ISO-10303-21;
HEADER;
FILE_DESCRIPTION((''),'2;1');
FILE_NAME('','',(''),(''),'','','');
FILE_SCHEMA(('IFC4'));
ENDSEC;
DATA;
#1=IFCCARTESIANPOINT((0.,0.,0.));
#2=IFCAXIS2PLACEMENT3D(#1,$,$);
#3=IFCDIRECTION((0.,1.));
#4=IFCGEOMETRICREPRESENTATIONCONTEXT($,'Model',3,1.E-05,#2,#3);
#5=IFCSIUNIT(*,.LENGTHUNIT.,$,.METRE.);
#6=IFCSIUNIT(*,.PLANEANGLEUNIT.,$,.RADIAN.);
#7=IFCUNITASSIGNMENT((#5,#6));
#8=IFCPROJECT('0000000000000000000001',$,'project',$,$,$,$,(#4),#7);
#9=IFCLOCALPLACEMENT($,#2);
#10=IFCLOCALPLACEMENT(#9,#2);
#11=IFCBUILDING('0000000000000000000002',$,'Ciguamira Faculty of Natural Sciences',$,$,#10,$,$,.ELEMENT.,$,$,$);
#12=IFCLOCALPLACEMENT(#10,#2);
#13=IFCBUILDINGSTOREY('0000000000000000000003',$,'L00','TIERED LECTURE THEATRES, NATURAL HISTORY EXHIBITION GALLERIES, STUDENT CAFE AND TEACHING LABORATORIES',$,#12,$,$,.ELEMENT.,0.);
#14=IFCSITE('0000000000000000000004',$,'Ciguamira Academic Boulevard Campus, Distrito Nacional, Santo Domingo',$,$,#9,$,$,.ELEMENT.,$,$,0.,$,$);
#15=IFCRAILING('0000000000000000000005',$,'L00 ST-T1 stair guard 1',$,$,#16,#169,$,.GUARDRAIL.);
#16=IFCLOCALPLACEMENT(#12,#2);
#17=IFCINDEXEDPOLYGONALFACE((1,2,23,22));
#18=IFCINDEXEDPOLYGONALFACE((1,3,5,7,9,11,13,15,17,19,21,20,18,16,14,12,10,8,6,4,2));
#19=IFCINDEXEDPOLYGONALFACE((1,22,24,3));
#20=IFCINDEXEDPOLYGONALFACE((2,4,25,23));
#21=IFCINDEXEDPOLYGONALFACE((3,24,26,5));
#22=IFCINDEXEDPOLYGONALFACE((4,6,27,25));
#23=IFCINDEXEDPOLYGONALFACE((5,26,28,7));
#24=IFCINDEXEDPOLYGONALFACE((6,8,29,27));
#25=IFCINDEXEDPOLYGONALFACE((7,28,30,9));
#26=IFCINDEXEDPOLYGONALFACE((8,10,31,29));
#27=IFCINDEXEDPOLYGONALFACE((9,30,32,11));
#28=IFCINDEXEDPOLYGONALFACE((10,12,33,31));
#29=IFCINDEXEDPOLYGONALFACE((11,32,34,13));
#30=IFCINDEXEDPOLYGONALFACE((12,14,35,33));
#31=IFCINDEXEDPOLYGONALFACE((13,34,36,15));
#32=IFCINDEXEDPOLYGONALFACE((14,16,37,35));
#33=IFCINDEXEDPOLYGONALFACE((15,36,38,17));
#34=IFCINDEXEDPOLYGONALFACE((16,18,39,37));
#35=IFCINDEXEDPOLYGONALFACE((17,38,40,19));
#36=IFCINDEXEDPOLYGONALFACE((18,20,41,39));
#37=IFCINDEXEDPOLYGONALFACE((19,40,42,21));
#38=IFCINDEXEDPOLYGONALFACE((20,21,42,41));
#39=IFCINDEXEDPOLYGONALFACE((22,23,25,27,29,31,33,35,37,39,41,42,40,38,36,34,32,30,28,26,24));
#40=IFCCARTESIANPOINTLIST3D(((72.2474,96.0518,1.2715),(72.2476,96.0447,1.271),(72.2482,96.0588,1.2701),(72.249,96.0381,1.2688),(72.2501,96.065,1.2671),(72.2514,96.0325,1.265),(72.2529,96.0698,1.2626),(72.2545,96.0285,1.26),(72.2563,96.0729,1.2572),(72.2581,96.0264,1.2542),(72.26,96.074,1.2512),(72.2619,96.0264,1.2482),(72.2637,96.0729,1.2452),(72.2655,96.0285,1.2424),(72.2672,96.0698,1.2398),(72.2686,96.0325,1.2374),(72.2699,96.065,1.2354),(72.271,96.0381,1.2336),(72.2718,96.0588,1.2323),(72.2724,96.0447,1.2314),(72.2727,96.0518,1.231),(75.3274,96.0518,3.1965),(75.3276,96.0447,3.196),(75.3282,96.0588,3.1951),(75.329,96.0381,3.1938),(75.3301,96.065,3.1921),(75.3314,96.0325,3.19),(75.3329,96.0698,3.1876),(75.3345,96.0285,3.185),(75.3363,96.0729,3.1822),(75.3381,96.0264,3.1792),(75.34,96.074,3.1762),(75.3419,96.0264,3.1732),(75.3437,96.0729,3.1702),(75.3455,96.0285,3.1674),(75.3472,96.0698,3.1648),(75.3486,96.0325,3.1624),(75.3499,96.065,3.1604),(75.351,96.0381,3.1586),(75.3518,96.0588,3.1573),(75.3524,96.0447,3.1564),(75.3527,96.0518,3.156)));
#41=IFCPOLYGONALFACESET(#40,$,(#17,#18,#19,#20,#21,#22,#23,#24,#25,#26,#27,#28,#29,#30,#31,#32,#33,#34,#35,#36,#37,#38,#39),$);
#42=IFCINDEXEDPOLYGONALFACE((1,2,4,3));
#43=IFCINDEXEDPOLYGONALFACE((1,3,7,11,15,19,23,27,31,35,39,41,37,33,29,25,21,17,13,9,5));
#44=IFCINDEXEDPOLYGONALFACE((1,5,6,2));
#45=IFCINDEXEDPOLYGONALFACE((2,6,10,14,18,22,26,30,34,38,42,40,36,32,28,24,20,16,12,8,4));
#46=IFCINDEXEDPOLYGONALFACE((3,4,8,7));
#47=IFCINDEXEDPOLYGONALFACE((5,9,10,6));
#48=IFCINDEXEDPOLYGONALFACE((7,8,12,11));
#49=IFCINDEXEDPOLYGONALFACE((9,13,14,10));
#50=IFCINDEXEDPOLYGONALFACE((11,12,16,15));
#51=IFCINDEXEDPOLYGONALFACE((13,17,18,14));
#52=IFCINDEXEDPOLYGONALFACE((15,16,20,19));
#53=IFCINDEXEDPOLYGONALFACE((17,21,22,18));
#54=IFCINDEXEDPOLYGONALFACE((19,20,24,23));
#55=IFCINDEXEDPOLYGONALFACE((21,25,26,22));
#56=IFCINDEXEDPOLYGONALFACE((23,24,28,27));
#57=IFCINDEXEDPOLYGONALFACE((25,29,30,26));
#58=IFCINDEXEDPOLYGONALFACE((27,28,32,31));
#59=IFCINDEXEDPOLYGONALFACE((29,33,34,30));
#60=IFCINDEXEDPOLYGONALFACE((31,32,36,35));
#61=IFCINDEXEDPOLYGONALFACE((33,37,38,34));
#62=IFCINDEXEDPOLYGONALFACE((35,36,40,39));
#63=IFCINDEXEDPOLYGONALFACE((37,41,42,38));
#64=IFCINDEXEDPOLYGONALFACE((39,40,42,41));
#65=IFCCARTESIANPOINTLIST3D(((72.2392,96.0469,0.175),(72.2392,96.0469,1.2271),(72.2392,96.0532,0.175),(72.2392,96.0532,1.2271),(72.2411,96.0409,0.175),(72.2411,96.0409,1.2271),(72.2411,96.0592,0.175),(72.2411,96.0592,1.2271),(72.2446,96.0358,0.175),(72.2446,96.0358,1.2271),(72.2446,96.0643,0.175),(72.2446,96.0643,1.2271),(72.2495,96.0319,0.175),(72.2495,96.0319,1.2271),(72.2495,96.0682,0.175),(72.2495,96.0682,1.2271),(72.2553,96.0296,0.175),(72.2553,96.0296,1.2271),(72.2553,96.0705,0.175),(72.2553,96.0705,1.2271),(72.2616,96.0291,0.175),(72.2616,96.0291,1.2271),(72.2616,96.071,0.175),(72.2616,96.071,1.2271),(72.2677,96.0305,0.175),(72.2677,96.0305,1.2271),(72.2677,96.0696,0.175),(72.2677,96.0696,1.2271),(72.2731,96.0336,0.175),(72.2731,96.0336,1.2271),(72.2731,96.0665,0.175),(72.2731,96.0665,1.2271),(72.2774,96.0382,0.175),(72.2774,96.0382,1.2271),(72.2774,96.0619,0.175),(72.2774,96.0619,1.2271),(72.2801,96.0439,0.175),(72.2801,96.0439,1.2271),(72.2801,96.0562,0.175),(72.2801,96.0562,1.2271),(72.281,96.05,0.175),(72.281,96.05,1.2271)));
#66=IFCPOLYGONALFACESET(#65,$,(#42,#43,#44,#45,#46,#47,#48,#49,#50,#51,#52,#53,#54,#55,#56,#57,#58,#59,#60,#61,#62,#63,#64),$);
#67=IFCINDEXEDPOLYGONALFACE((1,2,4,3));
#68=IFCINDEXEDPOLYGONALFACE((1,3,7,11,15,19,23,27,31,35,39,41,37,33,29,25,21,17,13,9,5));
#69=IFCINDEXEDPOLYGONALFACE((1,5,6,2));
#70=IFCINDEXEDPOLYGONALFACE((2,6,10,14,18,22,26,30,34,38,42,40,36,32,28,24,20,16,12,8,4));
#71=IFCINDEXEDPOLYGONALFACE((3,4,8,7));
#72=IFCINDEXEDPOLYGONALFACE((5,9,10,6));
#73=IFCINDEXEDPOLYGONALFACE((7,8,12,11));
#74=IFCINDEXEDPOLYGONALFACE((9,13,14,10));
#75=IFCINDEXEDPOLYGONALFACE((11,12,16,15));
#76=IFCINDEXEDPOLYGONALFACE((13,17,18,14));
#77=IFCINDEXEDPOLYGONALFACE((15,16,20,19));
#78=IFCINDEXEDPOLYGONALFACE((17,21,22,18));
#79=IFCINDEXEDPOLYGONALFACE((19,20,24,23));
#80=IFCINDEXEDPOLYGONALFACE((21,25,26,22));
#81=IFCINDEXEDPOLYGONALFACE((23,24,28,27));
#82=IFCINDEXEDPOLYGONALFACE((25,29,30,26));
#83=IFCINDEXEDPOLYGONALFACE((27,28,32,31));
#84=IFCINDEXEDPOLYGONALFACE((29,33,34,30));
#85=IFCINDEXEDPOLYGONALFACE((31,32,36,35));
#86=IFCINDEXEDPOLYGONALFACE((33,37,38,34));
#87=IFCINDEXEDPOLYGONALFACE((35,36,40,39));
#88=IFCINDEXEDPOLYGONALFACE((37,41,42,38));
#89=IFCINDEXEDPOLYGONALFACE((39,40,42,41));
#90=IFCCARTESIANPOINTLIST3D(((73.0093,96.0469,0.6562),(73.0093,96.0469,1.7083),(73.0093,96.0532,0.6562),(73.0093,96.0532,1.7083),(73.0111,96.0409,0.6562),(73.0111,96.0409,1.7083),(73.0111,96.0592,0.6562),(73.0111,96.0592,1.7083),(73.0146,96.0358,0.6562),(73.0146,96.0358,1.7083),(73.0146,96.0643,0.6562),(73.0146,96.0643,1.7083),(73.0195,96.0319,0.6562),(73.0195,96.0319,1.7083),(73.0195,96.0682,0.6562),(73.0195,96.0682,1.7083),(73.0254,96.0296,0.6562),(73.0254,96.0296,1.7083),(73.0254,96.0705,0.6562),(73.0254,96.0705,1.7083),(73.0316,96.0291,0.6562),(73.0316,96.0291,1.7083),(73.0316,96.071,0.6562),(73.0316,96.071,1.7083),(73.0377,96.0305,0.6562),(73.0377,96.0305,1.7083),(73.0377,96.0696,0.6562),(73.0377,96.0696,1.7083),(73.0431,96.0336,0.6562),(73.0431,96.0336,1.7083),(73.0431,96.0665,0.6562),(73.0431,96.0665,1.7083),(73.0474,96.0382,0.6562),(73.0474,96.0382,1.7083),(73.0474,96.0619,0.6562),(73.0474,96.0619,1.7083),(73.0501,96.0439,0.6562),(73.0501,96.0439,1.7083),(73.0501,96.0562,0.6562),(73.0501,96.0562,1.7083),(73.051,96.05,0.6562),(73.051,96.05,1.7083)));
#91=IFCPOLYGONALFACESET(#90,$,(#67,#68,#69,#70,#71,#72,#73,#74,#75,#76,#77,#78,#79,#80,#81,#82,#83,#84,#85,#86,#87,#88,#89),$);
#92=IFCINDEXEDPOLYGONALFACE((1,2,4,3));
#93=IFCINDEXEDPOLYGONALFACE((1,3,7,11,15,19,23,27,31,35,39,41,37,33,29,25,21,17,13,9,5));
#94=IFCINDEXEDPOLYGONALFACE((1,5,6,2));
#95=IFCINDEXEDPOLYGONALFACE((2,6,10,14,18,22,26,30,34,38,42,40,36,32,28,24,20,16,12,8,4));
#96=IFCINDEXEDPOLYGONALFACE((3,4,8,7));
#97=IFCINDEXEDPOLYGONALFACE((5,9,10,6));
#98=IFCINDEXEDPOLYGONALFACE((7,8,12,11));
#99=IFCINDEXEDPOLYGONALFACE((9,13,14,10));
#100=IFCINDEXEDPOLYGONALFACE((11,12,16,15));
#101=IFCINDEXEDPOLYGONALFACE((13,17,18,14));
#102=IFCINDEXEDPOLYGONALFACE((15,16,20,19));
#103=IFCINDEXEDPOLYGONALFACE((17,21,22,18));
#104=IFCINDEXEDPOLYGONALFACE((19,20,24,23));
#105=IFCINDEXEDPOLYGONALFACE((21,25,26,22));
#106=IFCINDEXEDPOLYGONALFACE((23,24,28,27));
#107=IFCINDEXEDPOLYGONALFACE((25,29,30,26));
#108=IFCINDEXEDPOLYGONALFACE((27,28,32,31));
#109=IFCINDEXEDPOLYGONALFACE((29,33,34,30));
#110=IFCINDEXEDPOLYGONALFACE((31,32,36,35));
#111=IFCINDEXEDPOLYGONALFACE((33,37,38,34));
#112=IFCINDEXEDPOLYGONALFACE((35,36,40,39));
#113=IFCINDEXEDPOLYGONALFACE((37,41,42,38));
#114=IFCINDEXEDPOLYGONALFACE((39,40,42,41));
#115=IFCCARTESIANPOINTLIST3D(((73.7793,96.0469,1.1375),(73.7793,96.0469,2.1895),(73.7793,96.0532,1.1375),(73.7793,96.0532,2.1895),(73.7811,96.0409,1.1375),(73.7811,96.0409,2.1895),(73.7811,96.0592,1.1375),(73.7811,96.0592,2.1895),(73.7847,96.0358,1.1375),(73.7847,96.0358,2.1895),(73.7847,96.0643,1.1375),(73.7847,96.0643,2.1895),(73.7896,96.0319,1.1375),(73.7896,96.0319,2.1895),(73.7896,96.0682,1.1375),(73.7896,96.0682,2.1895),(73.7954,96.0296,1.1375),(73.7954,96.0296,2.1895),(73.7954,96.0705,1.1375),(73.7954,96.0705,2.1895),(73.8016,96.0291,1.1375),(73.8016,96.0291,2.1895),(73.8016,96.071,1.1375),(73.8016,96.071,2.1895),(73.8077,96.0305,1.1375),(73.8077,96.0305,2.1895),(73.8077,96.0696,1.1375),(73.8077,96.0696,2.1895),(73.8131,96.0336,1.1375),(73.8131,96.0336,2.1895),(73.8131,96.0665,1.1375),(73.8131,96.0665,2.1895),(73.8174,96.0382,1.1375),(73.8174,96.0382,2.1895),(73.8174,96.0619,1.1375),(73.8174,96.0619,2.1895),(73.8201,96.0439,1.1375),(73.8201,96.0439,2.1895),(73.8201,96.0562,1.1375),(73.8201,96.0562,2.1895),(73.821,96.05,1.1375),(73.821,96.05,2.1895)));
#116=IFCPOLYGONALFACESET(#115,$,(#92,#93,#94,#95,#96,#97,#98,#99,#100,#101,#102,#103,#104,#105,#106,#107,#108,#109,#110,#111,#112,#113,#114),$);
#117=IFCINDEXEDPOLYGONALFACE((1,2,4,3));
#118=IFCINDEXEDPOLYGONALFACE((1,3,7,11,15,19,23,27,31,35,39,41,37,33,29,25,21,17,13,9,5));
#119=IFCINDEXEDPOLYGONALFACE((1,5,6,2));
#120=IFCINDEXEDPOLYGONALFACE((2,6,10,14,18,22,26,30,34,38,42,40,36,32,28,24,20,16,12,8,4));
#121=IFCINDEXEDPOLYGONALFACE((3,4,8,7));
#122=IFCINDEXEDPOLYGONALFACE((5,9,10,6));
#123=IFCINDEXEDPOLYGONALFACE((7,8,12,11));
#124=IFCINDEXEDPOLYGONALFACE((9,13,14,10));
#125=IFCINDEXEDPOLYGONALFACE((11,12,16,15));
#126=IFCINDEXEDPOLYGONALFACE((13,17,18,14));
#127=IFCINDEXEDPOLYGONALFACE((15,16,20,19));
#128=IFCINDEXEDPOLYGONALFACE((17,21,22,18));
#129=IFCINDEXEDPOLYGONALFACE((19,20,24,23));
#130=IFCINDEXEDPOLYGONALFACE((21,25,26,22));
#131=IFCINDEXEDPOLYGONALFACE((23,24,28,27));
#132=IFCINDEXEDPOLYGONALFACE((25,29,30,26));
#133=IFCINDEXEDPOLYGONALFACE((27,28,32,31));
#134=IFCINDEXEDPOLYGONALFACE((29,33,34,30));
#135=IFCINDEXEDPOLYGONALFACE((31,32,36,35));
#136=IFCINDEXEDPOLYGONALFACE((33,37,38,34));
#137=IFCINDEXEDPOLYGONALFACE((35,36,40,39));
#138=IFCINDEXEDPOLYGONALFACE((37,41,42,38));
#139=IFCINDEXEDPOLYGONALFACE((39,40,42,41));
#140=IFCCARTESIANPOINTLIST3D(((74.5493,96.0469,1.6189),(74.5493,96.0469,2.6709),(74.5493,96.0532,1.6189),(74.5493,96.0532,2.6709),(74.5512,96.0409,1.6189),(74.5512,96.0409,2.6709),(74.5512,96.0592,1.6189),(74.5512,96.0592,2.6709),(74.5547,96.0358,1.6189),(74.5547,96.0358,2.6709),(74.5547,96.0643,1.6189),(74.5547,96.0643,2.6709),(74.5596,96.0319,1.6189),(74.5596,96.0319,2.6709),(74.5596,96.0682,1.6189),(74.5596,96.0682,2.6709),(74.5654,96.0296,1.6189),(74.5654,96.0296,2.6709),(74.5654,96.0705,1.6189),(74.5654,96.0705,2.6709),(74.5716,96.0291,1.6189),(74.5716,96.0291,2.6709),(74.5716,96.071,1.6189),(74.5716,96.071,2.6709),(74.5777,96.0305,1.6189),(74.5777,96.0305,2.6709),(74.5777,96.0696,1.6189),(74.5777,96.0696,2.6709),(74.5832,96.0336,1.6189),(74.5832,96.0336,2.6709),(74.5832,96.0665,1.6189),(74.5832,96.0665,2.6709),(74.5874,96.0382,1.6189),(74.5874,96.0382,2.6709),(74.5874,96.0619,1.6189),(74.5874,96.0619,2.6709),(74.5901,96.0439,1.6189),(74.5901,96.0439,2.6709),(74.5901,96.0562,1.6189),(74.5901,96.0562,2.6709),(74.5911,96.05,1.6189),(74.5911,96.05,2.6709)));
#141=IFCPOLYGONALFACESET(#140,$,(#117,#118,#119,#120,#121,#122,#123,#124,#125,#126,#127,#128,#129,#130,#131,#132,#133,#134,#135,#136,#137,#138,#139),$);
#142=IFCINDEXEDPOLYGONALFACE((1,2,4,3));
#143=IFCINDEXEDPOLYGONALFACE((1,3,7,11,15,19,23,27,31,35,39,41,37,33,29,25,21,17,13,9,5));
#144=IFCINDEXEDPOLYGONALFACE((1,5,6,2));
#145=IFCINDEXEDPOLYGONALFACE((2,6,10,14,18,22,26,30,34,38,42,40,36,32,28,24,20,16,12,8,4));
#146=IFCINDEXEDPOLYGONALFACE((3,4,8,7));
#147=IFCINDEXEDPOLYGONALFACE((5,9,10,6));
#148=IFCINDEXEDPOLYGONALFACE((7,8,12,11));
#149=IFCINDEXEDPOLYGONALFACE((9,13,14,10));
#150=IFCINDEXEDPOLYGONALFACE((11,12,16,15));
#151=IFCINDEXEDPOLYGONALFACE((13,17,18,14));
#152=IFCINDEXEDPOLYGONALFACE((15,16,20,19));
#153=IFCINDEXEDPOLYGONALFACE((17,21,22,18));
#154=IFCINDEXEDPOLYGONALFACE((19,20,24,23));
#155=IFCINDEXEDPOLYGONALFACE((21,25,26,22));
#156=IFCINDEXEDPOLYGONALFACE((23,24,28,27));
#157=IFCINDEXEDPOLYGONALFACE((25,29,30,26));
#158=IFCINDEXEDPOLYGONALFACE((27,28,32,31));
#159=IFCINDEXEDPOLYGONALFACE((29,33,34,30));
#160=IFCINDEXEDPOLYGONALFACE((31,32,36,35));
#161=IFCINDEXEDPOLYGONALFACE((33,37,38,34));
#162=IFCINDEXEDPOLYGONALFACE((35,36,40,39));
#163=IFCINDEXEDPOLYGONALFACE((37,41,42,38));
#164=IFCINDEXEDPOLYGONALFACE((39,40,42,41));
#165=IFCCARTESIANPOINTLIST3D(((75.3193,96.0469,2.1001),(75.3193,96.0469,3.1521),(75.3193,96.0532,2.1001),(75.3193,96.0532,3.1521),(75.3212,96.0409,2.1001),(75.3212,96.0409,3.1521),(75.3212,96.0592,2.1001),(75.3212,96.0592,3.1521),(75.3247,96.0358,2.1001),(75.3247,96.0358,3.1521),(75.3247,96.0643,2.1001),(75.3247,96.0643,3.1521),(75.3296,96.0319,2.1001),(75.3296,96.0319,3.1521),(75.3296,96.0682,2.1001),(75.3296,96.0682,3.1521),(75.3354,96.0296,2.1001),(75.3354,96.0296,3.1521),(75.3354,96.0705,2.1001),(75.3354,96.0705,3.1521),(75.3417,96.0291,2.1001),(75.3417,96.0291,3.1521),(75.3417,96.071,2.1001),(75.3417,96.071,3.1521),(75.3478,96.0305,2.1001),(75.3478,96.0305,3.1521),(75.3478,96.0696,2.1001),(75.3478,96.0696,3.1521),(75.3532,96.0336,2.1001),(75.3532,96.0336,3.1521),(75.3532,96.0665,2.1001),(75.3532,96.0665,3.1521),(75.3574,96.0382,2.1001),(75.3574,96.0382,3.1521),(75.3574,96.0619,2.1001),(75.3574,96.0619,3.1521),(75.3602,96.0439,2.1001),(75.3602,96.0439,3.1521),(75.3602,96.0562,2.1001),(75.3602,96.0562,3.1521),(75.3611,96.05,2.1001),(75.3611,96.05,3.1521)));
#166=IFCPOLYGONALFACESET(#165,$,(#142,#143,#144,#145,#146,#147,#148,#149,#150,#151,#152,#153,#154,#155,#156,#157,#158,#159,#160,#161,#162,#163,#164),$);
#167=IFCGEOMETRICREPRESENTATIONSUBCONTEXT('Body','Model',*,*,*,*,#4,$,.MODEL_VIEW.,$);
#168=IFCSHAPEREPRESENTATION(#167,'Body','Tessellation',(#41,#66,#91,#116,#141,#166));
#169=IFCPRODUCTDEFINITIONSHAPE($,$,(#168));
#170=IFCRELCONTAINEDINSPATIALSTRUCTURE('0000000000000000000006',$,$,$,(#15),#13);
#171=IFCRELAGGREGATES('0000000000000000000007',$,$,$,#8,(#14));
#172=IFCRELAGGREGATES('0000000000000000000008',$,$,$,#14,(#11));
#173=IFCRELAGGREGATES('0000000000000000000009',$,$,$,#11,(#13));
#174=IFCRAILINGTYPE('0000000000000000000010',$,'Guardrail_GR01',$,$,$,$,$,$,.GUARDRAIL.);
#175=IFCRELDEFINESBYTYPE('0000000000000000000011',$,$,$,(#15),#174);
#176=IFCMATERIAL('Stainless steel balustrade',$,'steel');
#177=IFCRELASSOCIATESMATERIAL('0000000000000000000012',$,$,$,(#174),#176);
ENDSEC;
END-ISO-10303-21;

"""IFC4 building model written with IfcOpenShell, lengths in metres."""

from ifc_helpers import new_model, si_unit, direction, frame, origin, origin_2d, place, context, subcontext, project, spatial, circle, extrude, material, type_object, element, save


model = new_model("IFC4")

# Units and contexts
model_context = context("Model", 3, precision=1e-05, world=origin(), true_north=direction((0.0, 1.0)))
body_context = subcontext(model_context, "Body", "Model", "MODEL_VIEW")
ifc_project = project(units=[si_unit("LENGTHUNIT", "METRE"), si_unit("PLANEANGLEUNIT", "RADIAN")], contexts=[model_context])

# Site, building, storey
site_placement = place(None, origin())
site = spatial("IfcSite", under=ifc_project, at=site_placement, Name="Ciguamira Academic Boulevard Campus, Distrito Nacional, Santo Domingo", CompositionType="ELEMENT", RefElevation=0.0)
building_placement = place(site_placement, origin())
building = spatial("IfcBuilding", under=site, at=building_placement, Name="Ciguamira Faculty of Natural Sciences", CompositionType="ELEMENT")
storey_placement = place(building_placement, origin())
storey = spatial("IfcBuildingStorey", under=building, at=storey_placement, Name="L00", Description="TIERED LECTURE THEATRES, NATURAL HISTORY EXHIBITION GALLERIES, STUDENT CAFE AND TEACHING LABORATORIES", CompositionType="ELEMENT", Elevation=0.0)

# Railing
ifc_material_1 = material(Name="Stainless steel balustrade", Category="steel")
railing_type_1 = type_object("IfcRailingType", Name="Guardrail_GR01", PredefinedType="GUARDRAIL", material=ifc_material_1)
railing_1_placement = place(storey_placement, frame((72.26, 96.05, 0.175)))
element("IfcRailing", 1, at=railing_1_placement, inside=storey, type_object=railing_type_1, Name="L00 ST-T1 stair guard 1", PredefinedType="GUARDRAIL", context=body_context, shape_type="SweptSolid", body=[
    extrude(circle(Radius=0.0239, at=origin_2d()), frame((0.0, 0.0, 1.0762), z_axis=(0.847998, 0.0, 0.529999), x_axis=(0.0, 1.0, 0.0)), (0.0, 0.0, 1.0), 3.6321),
    extrude(circle(Radius=0.021, at=origin_2d()), origin(), (0.0, 0.0, 1.0), 1.052),
    extrude(circle(Radius=0.021, at=origin_2d()), frame((0.77, 0.0, 0.4812)), (0.0, 0.0, 1.0), 1.052),
    extrude(circle(Radius=0.021, at=origin_2d()), frame((1.54, 0.0, 0.9624)), (0.0, 0.0, 1.0), 1.052),
    extrude(circle(Radius=0.021, at=origin_2d()), frame((2.3101, 0.0, 1.4438)), (0.0, 0.0, 1.0), 1.052),
    extrude(circle(Radius=0.021, at=origin_2d()), frame((3.0801, 0.0, 1.925)), (0.0, 0.0, 1.0), 1.052),
])

save(model, "model.ifc")
